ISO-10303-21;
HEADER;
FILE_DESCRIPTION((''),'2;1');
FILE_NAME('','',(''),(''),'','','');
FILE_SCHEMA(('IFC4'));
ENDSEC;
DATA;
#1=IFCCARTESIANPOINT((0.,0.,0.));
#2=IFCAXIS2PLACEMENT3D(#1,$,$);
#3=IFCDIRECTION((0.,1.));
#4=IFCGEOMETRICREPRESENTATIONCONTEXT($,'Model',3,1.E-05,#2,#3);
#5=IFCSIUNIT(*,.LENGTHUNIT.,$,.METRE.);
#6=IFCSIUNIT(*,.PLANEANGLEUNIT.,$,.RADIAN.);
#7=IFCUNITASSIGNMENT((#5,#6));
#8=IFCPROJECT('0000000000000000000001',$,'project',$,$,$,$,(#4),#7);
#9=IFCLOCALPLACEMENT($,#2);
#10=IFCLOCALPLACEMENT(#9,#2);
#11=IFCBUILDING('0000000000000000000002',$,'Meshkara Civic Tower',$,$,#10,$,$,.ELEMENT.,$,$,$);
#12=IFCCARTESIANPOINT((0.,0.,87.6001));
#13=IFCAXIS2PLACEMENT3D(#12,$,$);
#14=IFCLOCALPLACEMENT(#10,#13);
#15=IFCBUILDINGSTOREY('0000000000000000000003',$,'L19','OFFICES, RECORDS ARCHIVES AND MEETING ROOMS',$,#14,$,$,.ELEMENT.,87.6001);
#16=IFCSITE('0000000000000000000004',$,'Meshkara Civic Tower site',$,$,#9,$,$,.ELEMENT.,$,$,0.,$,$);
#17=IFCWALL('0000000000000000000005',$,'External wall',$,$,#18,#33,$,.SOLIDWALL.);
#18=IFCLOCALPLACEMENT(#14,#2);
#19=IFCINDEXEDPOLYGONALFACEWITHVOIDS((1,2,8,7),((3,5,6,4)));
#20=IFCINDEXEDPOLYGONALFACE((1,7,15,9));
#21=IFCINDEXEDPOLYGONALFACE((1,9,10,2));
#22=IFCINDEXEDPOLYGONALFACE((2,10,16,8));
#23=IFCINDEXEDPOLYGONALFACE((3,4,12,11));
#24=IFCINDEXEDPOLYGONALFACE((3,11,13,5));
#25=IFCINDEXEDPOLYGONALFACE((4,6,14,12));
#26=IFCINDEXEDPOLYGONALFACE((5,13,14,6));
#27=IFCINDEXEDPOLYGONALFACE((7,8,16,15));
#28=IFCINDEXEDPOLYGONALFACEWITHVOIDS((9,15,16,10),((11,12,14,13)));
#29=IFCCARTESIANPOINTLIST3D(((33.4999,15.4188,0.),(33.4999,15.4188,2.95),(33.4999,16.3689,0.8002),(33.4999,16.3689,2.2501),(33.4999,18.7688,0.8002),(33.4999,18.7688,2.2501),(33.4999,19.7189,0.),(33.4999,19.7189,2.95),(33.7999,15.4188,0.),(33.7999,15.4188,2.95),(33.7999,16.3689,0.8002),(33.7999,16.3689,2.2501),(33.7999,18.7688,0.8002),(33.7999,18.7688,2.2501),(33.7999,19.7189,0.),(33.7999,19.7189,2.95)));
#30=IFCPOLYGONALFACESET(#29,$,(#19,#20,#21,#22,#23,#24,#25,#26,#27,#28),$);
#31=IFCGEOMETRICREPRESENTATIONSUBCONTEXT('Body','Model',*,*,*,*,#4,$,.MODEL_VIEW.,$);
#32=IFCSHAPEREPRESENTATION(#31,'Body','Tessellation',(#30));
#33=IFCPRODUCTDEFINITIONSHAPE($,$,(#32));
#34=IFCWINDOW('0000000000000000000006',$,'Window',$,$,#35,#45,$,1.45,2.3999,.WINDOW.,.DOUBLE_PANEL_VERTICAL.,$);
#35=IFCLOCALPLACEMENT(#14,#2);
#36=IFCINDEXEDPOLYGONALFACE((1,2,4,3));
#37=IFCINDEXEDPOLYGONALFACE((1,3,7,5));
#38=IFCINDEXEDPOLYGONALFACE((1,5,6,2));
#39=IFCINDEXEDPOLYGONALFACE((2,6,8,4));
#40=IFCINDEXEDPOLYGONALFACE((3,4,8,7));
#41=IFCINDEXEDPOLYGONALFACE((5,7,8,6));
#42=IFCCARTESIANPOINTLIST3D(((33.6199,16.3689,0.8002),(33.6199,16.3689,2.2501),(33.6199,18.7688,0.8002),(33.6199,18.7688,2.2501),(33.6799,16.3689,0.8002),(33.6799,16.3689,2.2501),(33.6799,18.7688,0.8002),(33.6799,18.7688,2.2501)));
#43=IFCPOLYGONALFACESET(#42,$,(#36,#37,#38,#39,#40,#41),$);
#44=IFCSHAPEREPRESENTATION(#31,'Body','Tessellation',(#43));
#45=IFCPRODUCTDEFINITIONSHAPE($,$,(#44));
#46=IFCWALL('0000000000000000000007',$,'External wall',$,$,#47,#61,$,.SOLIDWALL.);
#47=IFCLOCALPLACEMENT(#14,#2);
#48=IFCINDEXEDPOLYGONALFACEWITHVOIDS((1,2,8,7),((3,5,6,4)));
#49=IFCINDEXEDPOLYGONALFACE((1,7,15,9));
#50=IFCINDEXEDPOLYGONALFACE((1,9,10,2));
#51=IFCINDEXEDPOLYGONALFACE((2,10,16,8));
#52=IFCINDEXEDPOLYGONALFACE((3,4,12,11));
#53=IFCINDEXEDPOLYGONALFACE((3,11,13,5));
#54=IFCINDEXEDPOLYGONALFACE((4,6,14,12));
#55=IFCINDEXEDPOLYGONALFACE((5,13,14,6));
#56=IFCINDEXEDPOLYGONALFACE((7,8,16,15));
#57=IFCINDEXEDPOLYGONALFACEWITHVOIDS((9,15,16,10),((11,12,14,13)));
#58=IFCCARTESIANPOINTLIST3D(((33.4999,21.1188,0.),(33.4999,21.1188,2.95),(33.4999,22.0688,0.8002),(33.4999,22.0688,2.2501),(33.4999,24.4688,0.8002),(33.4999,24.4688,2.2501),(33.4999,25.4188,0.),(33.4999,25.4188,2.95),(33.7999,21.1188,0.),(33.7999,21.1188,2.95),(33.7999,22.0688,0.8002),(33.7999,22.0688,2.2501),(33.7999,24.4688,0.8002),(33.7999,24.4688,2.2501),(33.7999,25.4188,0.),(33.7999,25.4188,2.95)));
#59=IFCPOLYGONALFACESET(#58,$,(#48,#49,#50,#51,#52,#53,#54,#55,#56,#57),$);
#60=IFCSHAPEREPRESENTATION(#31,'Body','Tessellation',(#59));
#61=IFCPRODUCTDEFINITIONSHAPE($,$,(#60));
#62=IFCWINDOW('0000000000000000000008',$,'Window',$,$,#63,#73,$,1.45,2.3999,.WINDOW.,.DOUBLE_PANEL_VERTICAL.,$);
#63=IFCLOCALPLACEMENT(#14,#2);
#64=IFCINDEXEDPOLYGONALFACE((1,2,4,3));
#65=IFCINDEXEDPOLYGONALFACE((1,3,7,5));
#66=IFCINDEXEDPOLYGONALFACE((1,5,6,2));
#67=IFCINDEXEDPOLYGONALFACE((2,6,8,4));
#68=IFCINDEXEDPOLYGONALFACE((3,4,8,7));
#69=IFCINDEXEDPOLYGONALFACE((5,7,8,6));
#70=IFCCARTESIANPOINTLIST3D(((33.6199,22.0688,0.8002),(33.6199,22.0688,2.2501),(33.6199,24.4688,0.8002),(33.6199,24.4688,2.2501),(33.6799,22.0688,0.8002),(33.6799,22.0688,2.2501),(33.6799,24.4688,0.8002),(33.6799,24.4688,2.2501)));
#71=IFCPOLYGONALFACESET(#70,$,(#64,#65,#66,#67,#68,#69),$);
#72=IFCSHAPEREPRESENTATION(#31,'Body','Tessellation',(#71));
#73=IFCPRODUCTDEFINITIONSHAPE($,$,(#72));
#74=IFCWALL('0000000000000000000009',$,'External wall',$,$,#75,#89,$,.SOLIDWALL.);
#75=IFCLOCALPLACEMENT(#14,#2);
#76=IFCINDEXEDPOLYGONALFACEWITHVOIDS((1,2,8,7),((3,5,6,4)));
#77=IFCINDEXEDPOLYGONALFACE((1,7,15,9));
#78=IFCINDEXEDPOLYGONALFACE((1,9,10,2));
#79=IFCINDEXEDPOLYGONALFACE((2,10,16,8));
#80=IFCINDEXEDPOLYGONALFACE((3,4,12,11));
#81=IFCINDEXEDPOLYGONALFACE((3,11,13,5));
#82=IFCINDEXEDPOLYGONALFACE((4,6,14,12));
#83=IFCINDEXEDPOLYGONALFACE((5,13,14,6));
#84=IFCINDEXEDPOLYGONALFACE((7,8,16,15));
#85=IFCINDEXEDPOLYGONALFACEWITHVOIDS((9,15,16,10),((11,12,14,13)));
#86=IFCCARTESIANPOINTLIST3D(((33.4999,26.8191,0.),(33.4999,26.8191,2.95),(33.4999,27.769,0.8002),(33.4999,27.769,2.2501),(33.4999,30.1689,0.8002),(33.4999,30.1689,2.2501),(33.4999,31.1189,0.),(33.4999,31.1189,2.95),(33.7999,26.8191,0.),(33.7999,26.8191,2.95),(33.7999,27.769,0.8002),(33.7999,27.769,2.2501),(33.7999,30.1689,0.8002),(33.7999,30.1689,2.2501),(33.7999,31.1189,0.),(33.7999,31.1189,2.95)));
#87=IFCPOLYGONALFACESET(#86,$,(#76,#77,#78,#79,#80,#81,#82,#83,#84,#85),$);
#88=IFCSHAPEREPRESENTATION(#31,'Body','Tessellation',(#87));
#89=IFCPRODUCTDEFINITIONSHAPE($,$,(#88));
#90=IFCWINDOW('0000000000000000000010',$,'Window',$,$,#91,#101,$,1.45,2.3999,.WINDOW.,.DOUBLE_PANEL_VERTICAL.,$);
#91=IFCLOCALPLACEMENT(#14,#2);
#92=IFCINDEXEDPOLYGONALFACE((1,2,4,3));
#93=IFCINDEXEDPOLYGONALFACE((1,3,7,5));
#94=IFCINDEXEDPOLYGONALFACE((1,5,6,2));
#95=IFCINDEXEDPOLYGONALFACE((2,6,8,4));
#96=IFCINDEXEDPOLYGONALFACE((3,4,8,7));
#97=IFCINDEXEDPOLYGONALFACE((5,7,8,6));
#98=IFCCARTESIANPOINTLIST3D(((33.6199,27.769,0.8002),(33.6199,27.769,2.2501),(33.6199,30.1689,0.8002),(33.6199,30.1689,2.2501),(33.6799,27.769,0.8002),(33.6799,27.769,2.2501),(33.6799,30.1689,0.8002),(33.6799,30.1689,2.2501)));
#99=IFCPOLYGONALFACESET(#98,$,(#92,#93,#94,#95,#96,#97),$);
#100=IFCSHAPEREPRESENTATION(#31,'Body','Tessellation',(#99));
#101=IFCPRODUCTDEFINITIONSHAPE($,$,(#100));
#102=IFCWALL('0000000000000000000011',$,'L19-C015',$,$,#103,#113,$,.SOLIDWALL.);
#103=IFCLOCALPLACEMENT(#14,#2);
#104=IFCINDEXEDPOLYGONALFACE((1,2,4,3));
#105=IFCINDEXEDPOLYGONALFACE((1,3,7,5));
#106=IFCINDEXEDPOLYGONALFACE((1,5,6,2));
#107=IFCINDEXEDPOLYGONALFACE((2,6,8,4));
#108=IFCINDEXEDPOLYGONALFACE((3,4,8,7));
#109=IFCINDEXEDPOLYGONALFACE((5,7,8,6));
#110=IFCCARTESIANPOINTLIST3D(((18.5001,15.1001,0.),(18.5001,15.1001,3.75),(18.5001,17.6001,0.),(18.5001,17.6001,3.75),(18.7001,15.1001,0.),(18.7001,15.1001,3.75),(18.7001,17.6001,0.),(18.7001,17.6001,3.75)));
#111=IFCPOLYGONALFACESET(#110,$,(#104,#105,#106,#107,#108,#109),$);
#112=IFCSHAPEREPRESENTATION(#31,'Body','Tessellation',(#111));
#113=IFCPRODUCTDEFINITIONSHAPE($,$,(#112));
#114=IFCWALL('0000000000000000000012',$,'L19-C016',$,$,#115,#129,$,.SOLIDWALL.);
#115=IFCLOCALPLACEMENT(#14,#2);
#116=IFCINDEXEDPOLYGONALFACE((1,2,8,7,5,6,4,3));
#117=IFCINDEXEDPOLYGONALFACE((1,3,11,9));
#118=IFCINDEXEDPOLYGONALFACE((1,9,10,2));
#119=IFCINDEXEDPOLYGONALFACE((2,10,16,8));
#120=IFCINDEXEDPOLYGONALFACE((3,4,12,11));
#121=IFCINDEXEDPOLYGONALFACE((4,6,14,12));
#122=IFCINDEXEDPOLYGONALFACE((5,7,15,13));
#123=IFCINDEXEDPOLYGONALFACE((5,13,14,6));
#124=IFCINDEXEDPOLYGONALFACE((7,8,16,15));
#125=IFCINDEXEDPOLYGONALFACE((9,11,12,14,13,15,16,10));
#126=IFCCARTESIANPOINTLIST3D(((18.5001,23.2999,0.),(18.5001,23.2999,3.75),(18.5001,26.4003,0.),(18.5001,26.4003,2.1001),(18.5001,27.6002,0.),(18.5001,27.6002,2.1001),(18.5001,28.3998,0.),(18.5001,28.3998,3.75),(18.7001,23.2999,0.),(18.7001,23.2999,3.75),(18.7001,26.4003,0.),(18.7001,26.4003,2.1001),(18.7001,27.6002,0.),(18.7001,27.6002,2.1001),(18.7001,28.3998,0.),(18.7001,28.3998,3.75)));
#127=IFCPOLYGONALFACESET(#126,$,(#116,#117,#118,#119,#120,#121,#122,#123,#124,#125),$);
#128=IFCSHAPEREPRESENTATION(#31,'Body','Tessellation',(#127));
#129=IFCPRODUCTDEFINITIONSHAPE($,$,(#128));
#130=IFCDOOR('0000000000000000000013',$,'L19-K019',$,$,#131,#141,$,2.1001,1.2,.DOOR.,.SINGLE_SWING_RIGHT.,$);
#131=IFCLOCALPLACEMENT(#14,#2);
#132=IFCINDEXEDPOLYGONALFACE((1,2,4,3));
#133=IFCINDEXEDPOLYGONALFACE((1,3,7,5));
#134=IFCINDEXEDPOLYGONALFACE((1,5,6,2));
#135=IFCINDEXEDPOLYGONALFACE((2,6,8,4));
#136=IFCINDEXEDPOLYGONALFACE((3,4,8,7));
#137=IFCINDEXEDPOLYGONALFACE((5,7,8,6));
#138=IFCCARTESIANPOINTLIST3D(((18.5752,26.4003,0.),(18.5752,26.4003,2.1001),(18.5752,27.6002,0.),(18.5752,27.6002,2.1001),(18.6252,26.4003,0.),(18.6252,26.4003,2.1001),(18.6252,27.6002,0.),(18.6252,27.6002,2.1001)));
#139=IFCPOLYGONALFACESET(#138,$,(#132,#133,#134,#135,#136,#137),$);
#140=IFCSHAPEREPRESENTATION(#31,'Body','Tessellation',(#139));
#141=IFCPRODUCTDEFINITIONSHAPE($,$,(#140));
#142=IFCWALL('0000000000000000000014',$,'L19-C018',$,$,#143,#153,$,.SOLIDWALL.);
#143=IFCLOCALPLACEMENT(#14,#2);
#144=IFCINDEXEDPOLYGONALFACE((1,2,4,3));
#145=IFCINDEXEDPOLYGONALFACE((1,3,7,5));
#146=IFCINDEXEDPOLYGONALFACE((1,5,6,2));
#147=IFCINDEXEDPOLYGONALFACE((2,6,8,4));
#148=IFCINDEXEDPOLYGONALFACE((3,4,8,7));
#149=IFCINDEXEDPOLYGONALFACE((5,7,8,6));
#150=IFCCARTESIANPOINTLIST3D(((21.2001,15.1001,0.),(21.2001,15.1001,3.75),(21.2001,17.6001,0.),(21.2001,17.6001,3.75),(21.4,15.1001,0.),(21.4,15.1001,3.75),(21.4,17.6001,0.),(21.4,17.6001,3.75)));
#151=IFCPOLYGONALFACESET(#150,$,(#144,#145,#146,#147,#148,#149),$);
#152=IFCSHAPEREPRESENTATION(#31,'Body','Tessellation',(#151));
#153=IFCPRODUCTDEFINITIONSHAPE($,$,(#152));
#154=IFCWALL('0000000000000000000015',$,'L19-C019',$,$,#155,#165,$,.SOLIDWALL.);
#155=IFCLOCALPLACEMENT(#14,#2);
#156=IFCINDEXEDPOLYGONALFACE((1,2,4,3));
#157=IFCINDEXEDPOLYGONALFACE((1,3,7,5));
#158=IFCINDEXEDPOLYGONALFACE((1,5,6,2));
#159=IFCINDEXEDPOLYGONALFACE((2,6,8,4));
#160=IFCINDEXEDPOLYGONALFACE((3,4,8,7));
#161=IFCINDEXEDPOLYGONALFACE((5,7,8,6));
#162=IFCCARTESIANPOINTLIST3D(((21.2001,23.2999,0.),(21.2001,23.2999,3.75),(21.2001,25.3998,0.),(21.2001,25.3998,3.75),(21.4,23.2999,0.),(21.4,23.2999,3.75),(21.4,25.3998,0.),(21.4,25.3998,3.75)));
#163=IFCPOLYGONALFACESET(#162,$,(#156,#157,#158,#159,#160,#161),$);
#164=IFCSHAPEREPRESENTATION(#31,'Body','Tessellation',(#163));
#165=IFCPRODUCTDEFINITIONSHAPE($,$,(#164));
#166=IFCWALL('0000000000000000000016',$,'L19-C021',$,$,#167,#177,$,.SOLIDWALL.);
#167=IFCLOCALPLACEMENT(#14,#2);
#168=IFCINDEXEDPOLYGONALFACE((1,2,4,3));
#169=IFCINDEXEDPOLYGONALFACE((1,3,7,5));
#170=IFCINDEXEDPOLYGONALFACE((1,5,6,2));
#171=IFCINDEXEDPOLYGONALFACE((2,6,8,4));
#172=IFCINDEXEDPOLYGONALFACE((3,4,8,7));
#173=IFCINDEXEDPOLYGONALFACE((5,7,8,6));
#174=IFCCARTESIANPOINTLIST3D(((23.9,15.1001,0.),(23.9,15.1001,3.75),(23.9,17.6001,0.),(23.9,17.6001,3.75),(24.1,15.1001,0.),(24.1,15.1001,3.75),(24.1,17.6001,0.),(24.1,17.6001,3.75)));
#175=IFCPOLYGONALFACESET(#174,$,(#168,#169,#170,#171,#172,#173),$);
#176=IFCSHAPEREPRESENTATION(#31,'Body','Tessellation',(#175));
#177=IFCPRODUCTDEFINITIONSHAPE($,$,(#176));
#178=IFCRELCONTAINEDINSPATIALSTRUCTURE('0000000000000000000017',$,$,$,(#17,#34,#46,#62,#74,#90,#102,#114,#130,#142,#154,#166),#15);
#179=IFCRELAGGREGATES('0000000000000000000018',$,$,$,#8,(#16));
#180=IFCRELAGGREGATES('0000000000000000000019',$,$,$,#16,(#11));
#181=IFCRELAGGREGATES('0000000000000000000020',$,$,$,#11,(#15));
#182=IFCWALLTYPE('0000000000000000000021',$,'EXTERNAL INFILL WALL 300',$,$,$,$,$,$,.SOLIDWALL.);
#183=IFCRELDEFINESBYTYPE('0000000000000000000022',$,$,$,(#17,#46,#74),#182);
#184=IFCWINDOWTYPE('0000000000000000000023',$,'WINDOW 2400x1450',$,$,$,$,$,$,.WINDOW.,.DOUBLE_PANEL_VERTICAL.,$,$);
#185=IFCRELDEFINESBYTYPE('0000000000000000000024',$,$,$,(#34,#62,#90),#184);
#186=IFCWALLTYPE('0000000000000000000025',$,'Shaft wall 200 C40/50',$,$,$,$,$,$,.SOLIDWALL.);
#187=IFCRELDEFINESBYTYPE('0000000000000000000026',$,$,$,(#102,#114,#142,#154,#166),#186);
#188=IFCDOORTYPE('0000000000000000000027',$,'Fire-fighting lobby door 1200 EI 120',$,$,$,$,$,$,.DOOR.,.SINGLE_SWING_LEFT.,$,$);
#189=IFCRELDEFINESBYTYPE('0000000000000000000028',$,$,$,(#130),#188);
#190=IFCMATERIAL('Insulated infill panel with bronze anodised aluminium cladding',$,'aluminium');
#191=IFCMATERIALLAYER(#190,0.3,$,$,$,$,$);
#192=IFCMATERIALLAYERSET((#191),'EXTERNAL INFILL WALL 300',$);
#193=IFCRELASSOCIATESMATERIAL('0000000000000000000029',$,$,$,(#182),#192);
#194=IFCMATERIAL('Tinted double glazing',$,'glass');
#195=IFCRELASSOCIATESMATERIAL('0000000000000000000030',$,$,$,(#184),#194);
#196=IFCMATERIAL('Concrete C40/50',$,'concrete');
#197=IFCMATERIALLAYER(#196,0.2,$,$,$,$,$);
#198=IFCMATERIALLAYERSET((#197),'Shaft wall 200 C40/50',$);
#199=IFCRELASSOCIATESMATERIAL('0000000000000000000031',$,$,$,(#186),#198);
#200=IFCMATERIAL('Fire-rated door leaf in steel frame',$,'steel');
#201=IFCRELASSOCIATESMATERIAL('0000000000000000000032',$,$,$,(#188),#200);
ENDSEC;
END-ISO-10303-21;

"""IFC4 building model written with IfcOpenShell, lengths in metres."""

from ifc_helpers import new_model, si_unit, direction, frame, frame_2d, origin, place, context, subcontext, project, spatial, rectangle, extrude, material, layer, layer_set, type_object, element, fill, save


model = new_model("IFC4")

# Units and contexts
model_context = context("Model", 3, precision=1e-05, world=origin(), true_north=direction((0.0, 1.0)))
body_context = subcontext(model_context, "Body", "Model", "MODEL_VIEW")
ifc_project = project(units=[si_unit("LENGTHUNIT", "METRE"), si_unit("PLANEANGLEUNIT", "RADIAN")], contexts=[model_context])

# Site, building, storey
site_placement = place(None, origin())
site = spatial("IfcSite", under=ifc_project, at=site_placement, Name="Meshkara Civic Tower site", CompositionType="ELEMENT", RefElevation=0.0)
building_placement = place(site_placement, origin())
building = spatial("IfcBuilding", under=site, at=building_placement, Name="Meshkara Civic Tower", CompositionType="ELEMENT")
storey_placement = place(building_placement, frame((0.0, 0.0, 87.6001)))
storey = spatial("IfcBuildingStorey", under=building, at=storey_placement, Name="L19", Description="OFFICES, RECORDS ARCHIVES AND MEETING ROOMS", CompositionType="ELEMENT", Elevation=87.6001)

# Walls, openings, windows
ifc_material_1 = material(Name="Insulated infill panel with bronze anodised aluminium cladding", Category="aluminium")
ifc_layer_1 = layer(ifc_material_1, 0.3)
ifc_layer_set_1 = layer_set([ifc_layer_1], Name="EXTERNAL INFILL WALL 300")
wall_type_1 = type_object("IfcWallType", Name="EXTERNAL INFILL WALL 300", PredefinedType="SOLIDWALL", material=ifc_layer_set_1)
ifc_material_2 = material(Name="Tinted double glazing", Category="glass")
window_type = type_object("IfcWindowType", Name="WINDOW 2400x1450", PartitioningType="DOUBLE_PANEL_VERTICAL", PredefinedType="WINDOW", material=ifc_material_2)
wall_1_placement = place(storey_placement, frame((33.6499, 15.4189, 0.0), z_axis=(0.0, 0.0, 1.0), x_axis=(0.0, 1.0, 0.0)))
wall_1 = element("IfcWall", 1, at=wall_1_placement, inside=storey, type_object=wall_type_1, Name="External wall", PredefinedType="SOLIDWALL", context=body_context, shape_type="SweptSolid", body=[
    extrude(rectangle(XDim=4.3, YDim=0.3, at=frame_2d((2.1499, 0.0))), origin(), (0.0, 0.0, 1.0), 2.95),
])
opening_1_placement = place(wall_1_placement, frame((0.95, 0.0, 0.8)))
opening_1 = element("IfcOpeningElement", 2, at=opening_1_placement, cuts=wall_1, PredefinedType="OPENING", context=body_context, shape_type="SweptSolid", body=[
    extrude(rectangle(XDim=2.3999, YDim=1.45, at=frame_2d((1.2, 0.7251))), frame((0.0, 0.1599, 0.0), z_axis=(0.0, -1.0, 0.0), x_axis=(1.0, 0.0, 0.0)), (0.0, 0.0, 1.0), 0.3201),
])
window_1_placement = place(opening_1_placement, origin())
window_1 = element("IfcWindow", 3, at=window_1_placement, inside=storey, type_object=window_type, Name="Window", OverallHeight=1.45, OverallWidth=2.3999, PartitioningType="DOUBLE_PANEL_VERTICAL", PredefinedType="WINDOW", context=body_context, shape_type="SweptSolid", body=[
    extrude(rectangle(XDim=2.3999, YDim=1.45, at=frame_2d((1.2, 0.7251))), frame((0.0, 0.03, 0.0), z_axis=(0.0, -1.0, 0.0), x_axis=(1.0, 0.0, 0.0)), (0.0, 0.0, 1.0), 0.0601),
])
fill(opening_1, window_1)
wall_2_placement = place(storey_placement, frame((33.6499, 21.1189, 0.0), z_axis=(0.0, 0.0, 1.0), x_axis=(0.0, 1.0, 0.0)))
wall_2 = element("IfcWall", 4, at=wall_2_placement, inside=storey, type_object=wall_type_1, Name="External wall", PredefinedType="SOLIDWALL", context=body_context, shape_type="SweptSolid", body=[
    extrude(rectangle(XDim=4.3, YDim=0.3, at=frame_2d((2.1499, 0.0))), origin(), (0.0, 0.0, 1.0), 2.95),
])
opening_2_placement = place(wall_2_placement, frame((0.95, 0.0, 0.8)))
opening_2 = element("IfcOpeningElement", 5, at=opening_2_placement, cuts=wall_2, PredefinedType="OPENING", context=body_context, shape_type="SweptSolid", body=[
    extrude(rectangle(XDim=2.3999, YDim=1.45, at=frame_2d((1.2, 0.7251))), frame((0.0, 0.1599, 0.0), z_axis=(0.0, -1.0, 0.0), x_axis=(1.0, 0.0, 0.0)), (0.0, 0.0, 1.0), 0.3201),
])
window_2_placement = place(opening_2_placement, origin())
window_2 = element("IfcWindow", 6, at=window_2_placement, inside=storey, type_object=window_type, Name="Window", OverallHeight=1.45, OverallWidth=2.3999, PartitioningType="DOUBLE_PANEL_VERTICAL", PredefinedType="WINDOW", context=body_context, shape_type="SweptSolid", body=[
    extrude(rectangle(XDim=2.3999, YDim=1.45, at=frame_2d((1.2, 0.7251))), frame((0.0, 0.03, 0.0), z_axis=(0.0, -1.0, 0.0), x_axis=(1.0, 0.0, 0.0)), (0.0, 0.0, 1.0), 0.0601),
])
fill(opening_2, window_2)
wall_3_placement = place(storey_placement, frame((33.6499, 26.8191, 0.0), z_axis=(0.0, 0.0, 1.0), x_axis=(0.0, 1.0, 0.0)))
wall_3 = element("IfcWall", 7, at=wall_3_placement, inside=storey, type_object=wall_type_1, Name="External wall", PredefinedType="SOLIDWALL", context=body_context, shape_type="SweptSolid", body=[
    extrude(rectangle(XDim=4.2998, YDim=0.3, at=frame_2d((2.1499, 0.0))), origin(), (0.0, 0.0, 1.0), 2.95),
])
opening_3_placement = place(wall_3_placement, frame((0.95, 0.0, 0.8)))
opening_3 = element("IfcOpeningElement", 8, at=opening_3_placement, cuts=wall_3, PredefinedType="OPENING", context=body_context, shape_type="SweptSolid", body=[
    extrude(rectangle(XDim=2.3999, YDim=1.45, at=frame_2d((1.2, 0.7251))), frame((0.0, 0.1599, 0.0), z_axis=(0.0, -1.0, 0.0), x_axis=(1.0, 0.0, 0.0)), (0.0, 0.0, 1.0), 0.3201),
])
window_3_placement = place(opening_3_placement, origin())
window_3 = element("IfcWindow", 9, at=window_3_placement, inside=storey, type_object=window_type, Name="Window", OverallHeight=1.45, OverallWidth=2.3999, PartitioningType="DOUBLE_PANEL_VERTICAL", PredefinedType="WINDOW", context=body_context, shape_type="SweptSolid", body=[
    extrude(rectangle(XDim=2.3999, YDim=1.45, at=frame_2d((1.2, 0.7251))), frame((0.0, 0.03, 0.0), z_axis=(0.0, -1.0, 0.0), x_axis=(1.0, 0.0, 0.0)), (0.0, 0.0, 1.0), 0.0601),
])
fill(opening_3, window_3)

# Wall
ifc_material_3 = material(Name="Concrete C40/50", Category="concrete")
ifc_layer_2 = layer(ifc_material_3, 0.2)
ifc_layer_set_2 = layer_set([ifc_layer_2], Name="Shaft wall 200 C40/50")
wall_type_2 = type_object("IfcWallType", Name="Shaft wall 200 C40/50", PredefinedType="SOLIDWALL", material=ifc_layer_set_2)
wall_4_placement = place(storey_placement, frame((18.6001, 15.1001, 0.0), z_axis=(0.0, 0.0, 1.0), x_axis=(0.0, 1.0, 0.0)))
element("IfcWall", 10, at=wall_4_placement, inside=storey, type_object=wall_type_2, Name="L19-C015", PredefinedType="SOLIDWALL", context=body_context, shape_type="SweptSolid", body=[
    extrude(rectangle(XDim=2.5, YDim=0.2, at=frame_2d((1.25, 0.0))), origin(), (0.0, 0.0, 1.0), 3.75),
])

# Wall, opening, door
wall_5_placement = place(storey_placement, frame((18.6001, 23.3, 0.0), z_axis=(0.0, 0.0, 1.0), x_axis=(0.0, 1.0, 0.0)))
wall_5 = element("IfcWall", 11, at=wall_5_placement, inside=storey, type_object=wall_type_2, Name="L19-C016", PredefinedType="SOLIDWALL", context=body_context, shape_type="SweptSolid", body=[
    extrude(rectangle(XDim=5.0999, YDim=0.2, at=frame_2d((2.5498, 0.0))), origin(), (0.0, 0.0, 1.0), 3.75),
])
opening_4_placement = place(wall_5_placement, frame((3.1001, 0.0, 0.0)))
opening_4 = element("IfcOpeningElement", 12, at=opening_4_placement, cuts=wall_5, PredefinedType="OPENING", context=body_context, shape_type="SweptSolid", body=[
    extrude(rectangle(XDim=1.2, YDim=2.1001, at=frame_2d((0.6001, 1.05))), frame((0.0, 0.1099, 0.0), z_axis=(0.0, -1.0, 0.0), x_axis=(1.0, 0.0, 0.0)), (0.0, 0.0, 1.0), 0.22),
])
ifc_material_4 = material(Name="Fire-rated door leaf in steel frame", Category="steel")
door_type_1 = type_object("IfcDoorType", Name="Fire-fighting lobby door 1200 EI 120", OperationType="SINGLE_SWING_LEFT", PredefinedType="DOOR", material=ifc_material_4)
door_1_placement = place(opening_4_placement, origin())
door_1 = element("IfcDoor", 13, at=door_1_placement, inside=storey, type_object=door_type_1, Name="L19-K019", OperationType="SINGLE_SWING_RIGHT", OverallHeight=2.1001, OverallWidth=1.2, PredefinedType="DOOR", context=body_context, shape_type="SweptSolid", body=[
    extrude(rectangle(XDim=1.2, YDim=2.1001, at=frame_2d((0.6001, 1.05))), frame((0.0, 0.0249, 0.0), z_axis=(0.0, -1.0, 0.0), x_axis=(1.0, 0.0, 0.0)), (0.0, 0.0, 1.0), 0.05),
])
fill(opening_4, door_1)

# Walls
wall_6_placement = place(storey_placement, frame((21.3, 15.1001, 0.0), z_axis=(0.0, 0.0, 1.0), x_axis=(0.0, 1.0, 0.0)))
element("IfcWall", 14, at=wall_6_placement, inside=storey, type_object=wall_type_2, Name="L19-C018", PredefinedType="SOLIDWALL", context=body_context, shape_type="SweptSolid", body=[
    extrude(rectangle(XDim=2.5, YDim=0.2, at=frame_2d((1.25, 0.0))), origin(), (0.0, 0.0, 1.0), 3.75),
])
wall_7_placement = place(storey_placement, frame((21.3, 23.3, 0.0), z_axis=(0.0, 0.0, 1.0), x_axis=(0.0, 1.0, 0.0)))
element("IfcWall", 15, at=wall_7_placement, inside=storey, type_object=wall_type_2, Name="L19-C019", PredefinedType="SOLIDWALL", context=body_context, shape_type="SweptSolid", body=[
    extrude(rectangle(XDim=2.0999, YDim=0.2, at=frame_2d((1.0498, 0.0))), origin(), (0.0, 0.0, 1.0), 3.75),
])
wall_8_placement = place(storey_placement, frame((24.0, 15.1001, 0.0), z_axis=(0.0, 0.0, 1.0), x_axis=(0.0, 1.0, 0.0)))
element("IfcWall", 16, at=wall_8_placement, inside=storey, type_object=wall_type_2, Name="L19-C021", PredefinedType="SOLIDWALL", context=body_context, shape_type="SweptSolid", body=[
    extrude(rectangle(XDim=2.5, YDim=0.2, at=frame_2d((1.25, 0.0))), origin(), (0.0, 0.0, 1.0), 3.75),
])

save(model, "model.ifc")
